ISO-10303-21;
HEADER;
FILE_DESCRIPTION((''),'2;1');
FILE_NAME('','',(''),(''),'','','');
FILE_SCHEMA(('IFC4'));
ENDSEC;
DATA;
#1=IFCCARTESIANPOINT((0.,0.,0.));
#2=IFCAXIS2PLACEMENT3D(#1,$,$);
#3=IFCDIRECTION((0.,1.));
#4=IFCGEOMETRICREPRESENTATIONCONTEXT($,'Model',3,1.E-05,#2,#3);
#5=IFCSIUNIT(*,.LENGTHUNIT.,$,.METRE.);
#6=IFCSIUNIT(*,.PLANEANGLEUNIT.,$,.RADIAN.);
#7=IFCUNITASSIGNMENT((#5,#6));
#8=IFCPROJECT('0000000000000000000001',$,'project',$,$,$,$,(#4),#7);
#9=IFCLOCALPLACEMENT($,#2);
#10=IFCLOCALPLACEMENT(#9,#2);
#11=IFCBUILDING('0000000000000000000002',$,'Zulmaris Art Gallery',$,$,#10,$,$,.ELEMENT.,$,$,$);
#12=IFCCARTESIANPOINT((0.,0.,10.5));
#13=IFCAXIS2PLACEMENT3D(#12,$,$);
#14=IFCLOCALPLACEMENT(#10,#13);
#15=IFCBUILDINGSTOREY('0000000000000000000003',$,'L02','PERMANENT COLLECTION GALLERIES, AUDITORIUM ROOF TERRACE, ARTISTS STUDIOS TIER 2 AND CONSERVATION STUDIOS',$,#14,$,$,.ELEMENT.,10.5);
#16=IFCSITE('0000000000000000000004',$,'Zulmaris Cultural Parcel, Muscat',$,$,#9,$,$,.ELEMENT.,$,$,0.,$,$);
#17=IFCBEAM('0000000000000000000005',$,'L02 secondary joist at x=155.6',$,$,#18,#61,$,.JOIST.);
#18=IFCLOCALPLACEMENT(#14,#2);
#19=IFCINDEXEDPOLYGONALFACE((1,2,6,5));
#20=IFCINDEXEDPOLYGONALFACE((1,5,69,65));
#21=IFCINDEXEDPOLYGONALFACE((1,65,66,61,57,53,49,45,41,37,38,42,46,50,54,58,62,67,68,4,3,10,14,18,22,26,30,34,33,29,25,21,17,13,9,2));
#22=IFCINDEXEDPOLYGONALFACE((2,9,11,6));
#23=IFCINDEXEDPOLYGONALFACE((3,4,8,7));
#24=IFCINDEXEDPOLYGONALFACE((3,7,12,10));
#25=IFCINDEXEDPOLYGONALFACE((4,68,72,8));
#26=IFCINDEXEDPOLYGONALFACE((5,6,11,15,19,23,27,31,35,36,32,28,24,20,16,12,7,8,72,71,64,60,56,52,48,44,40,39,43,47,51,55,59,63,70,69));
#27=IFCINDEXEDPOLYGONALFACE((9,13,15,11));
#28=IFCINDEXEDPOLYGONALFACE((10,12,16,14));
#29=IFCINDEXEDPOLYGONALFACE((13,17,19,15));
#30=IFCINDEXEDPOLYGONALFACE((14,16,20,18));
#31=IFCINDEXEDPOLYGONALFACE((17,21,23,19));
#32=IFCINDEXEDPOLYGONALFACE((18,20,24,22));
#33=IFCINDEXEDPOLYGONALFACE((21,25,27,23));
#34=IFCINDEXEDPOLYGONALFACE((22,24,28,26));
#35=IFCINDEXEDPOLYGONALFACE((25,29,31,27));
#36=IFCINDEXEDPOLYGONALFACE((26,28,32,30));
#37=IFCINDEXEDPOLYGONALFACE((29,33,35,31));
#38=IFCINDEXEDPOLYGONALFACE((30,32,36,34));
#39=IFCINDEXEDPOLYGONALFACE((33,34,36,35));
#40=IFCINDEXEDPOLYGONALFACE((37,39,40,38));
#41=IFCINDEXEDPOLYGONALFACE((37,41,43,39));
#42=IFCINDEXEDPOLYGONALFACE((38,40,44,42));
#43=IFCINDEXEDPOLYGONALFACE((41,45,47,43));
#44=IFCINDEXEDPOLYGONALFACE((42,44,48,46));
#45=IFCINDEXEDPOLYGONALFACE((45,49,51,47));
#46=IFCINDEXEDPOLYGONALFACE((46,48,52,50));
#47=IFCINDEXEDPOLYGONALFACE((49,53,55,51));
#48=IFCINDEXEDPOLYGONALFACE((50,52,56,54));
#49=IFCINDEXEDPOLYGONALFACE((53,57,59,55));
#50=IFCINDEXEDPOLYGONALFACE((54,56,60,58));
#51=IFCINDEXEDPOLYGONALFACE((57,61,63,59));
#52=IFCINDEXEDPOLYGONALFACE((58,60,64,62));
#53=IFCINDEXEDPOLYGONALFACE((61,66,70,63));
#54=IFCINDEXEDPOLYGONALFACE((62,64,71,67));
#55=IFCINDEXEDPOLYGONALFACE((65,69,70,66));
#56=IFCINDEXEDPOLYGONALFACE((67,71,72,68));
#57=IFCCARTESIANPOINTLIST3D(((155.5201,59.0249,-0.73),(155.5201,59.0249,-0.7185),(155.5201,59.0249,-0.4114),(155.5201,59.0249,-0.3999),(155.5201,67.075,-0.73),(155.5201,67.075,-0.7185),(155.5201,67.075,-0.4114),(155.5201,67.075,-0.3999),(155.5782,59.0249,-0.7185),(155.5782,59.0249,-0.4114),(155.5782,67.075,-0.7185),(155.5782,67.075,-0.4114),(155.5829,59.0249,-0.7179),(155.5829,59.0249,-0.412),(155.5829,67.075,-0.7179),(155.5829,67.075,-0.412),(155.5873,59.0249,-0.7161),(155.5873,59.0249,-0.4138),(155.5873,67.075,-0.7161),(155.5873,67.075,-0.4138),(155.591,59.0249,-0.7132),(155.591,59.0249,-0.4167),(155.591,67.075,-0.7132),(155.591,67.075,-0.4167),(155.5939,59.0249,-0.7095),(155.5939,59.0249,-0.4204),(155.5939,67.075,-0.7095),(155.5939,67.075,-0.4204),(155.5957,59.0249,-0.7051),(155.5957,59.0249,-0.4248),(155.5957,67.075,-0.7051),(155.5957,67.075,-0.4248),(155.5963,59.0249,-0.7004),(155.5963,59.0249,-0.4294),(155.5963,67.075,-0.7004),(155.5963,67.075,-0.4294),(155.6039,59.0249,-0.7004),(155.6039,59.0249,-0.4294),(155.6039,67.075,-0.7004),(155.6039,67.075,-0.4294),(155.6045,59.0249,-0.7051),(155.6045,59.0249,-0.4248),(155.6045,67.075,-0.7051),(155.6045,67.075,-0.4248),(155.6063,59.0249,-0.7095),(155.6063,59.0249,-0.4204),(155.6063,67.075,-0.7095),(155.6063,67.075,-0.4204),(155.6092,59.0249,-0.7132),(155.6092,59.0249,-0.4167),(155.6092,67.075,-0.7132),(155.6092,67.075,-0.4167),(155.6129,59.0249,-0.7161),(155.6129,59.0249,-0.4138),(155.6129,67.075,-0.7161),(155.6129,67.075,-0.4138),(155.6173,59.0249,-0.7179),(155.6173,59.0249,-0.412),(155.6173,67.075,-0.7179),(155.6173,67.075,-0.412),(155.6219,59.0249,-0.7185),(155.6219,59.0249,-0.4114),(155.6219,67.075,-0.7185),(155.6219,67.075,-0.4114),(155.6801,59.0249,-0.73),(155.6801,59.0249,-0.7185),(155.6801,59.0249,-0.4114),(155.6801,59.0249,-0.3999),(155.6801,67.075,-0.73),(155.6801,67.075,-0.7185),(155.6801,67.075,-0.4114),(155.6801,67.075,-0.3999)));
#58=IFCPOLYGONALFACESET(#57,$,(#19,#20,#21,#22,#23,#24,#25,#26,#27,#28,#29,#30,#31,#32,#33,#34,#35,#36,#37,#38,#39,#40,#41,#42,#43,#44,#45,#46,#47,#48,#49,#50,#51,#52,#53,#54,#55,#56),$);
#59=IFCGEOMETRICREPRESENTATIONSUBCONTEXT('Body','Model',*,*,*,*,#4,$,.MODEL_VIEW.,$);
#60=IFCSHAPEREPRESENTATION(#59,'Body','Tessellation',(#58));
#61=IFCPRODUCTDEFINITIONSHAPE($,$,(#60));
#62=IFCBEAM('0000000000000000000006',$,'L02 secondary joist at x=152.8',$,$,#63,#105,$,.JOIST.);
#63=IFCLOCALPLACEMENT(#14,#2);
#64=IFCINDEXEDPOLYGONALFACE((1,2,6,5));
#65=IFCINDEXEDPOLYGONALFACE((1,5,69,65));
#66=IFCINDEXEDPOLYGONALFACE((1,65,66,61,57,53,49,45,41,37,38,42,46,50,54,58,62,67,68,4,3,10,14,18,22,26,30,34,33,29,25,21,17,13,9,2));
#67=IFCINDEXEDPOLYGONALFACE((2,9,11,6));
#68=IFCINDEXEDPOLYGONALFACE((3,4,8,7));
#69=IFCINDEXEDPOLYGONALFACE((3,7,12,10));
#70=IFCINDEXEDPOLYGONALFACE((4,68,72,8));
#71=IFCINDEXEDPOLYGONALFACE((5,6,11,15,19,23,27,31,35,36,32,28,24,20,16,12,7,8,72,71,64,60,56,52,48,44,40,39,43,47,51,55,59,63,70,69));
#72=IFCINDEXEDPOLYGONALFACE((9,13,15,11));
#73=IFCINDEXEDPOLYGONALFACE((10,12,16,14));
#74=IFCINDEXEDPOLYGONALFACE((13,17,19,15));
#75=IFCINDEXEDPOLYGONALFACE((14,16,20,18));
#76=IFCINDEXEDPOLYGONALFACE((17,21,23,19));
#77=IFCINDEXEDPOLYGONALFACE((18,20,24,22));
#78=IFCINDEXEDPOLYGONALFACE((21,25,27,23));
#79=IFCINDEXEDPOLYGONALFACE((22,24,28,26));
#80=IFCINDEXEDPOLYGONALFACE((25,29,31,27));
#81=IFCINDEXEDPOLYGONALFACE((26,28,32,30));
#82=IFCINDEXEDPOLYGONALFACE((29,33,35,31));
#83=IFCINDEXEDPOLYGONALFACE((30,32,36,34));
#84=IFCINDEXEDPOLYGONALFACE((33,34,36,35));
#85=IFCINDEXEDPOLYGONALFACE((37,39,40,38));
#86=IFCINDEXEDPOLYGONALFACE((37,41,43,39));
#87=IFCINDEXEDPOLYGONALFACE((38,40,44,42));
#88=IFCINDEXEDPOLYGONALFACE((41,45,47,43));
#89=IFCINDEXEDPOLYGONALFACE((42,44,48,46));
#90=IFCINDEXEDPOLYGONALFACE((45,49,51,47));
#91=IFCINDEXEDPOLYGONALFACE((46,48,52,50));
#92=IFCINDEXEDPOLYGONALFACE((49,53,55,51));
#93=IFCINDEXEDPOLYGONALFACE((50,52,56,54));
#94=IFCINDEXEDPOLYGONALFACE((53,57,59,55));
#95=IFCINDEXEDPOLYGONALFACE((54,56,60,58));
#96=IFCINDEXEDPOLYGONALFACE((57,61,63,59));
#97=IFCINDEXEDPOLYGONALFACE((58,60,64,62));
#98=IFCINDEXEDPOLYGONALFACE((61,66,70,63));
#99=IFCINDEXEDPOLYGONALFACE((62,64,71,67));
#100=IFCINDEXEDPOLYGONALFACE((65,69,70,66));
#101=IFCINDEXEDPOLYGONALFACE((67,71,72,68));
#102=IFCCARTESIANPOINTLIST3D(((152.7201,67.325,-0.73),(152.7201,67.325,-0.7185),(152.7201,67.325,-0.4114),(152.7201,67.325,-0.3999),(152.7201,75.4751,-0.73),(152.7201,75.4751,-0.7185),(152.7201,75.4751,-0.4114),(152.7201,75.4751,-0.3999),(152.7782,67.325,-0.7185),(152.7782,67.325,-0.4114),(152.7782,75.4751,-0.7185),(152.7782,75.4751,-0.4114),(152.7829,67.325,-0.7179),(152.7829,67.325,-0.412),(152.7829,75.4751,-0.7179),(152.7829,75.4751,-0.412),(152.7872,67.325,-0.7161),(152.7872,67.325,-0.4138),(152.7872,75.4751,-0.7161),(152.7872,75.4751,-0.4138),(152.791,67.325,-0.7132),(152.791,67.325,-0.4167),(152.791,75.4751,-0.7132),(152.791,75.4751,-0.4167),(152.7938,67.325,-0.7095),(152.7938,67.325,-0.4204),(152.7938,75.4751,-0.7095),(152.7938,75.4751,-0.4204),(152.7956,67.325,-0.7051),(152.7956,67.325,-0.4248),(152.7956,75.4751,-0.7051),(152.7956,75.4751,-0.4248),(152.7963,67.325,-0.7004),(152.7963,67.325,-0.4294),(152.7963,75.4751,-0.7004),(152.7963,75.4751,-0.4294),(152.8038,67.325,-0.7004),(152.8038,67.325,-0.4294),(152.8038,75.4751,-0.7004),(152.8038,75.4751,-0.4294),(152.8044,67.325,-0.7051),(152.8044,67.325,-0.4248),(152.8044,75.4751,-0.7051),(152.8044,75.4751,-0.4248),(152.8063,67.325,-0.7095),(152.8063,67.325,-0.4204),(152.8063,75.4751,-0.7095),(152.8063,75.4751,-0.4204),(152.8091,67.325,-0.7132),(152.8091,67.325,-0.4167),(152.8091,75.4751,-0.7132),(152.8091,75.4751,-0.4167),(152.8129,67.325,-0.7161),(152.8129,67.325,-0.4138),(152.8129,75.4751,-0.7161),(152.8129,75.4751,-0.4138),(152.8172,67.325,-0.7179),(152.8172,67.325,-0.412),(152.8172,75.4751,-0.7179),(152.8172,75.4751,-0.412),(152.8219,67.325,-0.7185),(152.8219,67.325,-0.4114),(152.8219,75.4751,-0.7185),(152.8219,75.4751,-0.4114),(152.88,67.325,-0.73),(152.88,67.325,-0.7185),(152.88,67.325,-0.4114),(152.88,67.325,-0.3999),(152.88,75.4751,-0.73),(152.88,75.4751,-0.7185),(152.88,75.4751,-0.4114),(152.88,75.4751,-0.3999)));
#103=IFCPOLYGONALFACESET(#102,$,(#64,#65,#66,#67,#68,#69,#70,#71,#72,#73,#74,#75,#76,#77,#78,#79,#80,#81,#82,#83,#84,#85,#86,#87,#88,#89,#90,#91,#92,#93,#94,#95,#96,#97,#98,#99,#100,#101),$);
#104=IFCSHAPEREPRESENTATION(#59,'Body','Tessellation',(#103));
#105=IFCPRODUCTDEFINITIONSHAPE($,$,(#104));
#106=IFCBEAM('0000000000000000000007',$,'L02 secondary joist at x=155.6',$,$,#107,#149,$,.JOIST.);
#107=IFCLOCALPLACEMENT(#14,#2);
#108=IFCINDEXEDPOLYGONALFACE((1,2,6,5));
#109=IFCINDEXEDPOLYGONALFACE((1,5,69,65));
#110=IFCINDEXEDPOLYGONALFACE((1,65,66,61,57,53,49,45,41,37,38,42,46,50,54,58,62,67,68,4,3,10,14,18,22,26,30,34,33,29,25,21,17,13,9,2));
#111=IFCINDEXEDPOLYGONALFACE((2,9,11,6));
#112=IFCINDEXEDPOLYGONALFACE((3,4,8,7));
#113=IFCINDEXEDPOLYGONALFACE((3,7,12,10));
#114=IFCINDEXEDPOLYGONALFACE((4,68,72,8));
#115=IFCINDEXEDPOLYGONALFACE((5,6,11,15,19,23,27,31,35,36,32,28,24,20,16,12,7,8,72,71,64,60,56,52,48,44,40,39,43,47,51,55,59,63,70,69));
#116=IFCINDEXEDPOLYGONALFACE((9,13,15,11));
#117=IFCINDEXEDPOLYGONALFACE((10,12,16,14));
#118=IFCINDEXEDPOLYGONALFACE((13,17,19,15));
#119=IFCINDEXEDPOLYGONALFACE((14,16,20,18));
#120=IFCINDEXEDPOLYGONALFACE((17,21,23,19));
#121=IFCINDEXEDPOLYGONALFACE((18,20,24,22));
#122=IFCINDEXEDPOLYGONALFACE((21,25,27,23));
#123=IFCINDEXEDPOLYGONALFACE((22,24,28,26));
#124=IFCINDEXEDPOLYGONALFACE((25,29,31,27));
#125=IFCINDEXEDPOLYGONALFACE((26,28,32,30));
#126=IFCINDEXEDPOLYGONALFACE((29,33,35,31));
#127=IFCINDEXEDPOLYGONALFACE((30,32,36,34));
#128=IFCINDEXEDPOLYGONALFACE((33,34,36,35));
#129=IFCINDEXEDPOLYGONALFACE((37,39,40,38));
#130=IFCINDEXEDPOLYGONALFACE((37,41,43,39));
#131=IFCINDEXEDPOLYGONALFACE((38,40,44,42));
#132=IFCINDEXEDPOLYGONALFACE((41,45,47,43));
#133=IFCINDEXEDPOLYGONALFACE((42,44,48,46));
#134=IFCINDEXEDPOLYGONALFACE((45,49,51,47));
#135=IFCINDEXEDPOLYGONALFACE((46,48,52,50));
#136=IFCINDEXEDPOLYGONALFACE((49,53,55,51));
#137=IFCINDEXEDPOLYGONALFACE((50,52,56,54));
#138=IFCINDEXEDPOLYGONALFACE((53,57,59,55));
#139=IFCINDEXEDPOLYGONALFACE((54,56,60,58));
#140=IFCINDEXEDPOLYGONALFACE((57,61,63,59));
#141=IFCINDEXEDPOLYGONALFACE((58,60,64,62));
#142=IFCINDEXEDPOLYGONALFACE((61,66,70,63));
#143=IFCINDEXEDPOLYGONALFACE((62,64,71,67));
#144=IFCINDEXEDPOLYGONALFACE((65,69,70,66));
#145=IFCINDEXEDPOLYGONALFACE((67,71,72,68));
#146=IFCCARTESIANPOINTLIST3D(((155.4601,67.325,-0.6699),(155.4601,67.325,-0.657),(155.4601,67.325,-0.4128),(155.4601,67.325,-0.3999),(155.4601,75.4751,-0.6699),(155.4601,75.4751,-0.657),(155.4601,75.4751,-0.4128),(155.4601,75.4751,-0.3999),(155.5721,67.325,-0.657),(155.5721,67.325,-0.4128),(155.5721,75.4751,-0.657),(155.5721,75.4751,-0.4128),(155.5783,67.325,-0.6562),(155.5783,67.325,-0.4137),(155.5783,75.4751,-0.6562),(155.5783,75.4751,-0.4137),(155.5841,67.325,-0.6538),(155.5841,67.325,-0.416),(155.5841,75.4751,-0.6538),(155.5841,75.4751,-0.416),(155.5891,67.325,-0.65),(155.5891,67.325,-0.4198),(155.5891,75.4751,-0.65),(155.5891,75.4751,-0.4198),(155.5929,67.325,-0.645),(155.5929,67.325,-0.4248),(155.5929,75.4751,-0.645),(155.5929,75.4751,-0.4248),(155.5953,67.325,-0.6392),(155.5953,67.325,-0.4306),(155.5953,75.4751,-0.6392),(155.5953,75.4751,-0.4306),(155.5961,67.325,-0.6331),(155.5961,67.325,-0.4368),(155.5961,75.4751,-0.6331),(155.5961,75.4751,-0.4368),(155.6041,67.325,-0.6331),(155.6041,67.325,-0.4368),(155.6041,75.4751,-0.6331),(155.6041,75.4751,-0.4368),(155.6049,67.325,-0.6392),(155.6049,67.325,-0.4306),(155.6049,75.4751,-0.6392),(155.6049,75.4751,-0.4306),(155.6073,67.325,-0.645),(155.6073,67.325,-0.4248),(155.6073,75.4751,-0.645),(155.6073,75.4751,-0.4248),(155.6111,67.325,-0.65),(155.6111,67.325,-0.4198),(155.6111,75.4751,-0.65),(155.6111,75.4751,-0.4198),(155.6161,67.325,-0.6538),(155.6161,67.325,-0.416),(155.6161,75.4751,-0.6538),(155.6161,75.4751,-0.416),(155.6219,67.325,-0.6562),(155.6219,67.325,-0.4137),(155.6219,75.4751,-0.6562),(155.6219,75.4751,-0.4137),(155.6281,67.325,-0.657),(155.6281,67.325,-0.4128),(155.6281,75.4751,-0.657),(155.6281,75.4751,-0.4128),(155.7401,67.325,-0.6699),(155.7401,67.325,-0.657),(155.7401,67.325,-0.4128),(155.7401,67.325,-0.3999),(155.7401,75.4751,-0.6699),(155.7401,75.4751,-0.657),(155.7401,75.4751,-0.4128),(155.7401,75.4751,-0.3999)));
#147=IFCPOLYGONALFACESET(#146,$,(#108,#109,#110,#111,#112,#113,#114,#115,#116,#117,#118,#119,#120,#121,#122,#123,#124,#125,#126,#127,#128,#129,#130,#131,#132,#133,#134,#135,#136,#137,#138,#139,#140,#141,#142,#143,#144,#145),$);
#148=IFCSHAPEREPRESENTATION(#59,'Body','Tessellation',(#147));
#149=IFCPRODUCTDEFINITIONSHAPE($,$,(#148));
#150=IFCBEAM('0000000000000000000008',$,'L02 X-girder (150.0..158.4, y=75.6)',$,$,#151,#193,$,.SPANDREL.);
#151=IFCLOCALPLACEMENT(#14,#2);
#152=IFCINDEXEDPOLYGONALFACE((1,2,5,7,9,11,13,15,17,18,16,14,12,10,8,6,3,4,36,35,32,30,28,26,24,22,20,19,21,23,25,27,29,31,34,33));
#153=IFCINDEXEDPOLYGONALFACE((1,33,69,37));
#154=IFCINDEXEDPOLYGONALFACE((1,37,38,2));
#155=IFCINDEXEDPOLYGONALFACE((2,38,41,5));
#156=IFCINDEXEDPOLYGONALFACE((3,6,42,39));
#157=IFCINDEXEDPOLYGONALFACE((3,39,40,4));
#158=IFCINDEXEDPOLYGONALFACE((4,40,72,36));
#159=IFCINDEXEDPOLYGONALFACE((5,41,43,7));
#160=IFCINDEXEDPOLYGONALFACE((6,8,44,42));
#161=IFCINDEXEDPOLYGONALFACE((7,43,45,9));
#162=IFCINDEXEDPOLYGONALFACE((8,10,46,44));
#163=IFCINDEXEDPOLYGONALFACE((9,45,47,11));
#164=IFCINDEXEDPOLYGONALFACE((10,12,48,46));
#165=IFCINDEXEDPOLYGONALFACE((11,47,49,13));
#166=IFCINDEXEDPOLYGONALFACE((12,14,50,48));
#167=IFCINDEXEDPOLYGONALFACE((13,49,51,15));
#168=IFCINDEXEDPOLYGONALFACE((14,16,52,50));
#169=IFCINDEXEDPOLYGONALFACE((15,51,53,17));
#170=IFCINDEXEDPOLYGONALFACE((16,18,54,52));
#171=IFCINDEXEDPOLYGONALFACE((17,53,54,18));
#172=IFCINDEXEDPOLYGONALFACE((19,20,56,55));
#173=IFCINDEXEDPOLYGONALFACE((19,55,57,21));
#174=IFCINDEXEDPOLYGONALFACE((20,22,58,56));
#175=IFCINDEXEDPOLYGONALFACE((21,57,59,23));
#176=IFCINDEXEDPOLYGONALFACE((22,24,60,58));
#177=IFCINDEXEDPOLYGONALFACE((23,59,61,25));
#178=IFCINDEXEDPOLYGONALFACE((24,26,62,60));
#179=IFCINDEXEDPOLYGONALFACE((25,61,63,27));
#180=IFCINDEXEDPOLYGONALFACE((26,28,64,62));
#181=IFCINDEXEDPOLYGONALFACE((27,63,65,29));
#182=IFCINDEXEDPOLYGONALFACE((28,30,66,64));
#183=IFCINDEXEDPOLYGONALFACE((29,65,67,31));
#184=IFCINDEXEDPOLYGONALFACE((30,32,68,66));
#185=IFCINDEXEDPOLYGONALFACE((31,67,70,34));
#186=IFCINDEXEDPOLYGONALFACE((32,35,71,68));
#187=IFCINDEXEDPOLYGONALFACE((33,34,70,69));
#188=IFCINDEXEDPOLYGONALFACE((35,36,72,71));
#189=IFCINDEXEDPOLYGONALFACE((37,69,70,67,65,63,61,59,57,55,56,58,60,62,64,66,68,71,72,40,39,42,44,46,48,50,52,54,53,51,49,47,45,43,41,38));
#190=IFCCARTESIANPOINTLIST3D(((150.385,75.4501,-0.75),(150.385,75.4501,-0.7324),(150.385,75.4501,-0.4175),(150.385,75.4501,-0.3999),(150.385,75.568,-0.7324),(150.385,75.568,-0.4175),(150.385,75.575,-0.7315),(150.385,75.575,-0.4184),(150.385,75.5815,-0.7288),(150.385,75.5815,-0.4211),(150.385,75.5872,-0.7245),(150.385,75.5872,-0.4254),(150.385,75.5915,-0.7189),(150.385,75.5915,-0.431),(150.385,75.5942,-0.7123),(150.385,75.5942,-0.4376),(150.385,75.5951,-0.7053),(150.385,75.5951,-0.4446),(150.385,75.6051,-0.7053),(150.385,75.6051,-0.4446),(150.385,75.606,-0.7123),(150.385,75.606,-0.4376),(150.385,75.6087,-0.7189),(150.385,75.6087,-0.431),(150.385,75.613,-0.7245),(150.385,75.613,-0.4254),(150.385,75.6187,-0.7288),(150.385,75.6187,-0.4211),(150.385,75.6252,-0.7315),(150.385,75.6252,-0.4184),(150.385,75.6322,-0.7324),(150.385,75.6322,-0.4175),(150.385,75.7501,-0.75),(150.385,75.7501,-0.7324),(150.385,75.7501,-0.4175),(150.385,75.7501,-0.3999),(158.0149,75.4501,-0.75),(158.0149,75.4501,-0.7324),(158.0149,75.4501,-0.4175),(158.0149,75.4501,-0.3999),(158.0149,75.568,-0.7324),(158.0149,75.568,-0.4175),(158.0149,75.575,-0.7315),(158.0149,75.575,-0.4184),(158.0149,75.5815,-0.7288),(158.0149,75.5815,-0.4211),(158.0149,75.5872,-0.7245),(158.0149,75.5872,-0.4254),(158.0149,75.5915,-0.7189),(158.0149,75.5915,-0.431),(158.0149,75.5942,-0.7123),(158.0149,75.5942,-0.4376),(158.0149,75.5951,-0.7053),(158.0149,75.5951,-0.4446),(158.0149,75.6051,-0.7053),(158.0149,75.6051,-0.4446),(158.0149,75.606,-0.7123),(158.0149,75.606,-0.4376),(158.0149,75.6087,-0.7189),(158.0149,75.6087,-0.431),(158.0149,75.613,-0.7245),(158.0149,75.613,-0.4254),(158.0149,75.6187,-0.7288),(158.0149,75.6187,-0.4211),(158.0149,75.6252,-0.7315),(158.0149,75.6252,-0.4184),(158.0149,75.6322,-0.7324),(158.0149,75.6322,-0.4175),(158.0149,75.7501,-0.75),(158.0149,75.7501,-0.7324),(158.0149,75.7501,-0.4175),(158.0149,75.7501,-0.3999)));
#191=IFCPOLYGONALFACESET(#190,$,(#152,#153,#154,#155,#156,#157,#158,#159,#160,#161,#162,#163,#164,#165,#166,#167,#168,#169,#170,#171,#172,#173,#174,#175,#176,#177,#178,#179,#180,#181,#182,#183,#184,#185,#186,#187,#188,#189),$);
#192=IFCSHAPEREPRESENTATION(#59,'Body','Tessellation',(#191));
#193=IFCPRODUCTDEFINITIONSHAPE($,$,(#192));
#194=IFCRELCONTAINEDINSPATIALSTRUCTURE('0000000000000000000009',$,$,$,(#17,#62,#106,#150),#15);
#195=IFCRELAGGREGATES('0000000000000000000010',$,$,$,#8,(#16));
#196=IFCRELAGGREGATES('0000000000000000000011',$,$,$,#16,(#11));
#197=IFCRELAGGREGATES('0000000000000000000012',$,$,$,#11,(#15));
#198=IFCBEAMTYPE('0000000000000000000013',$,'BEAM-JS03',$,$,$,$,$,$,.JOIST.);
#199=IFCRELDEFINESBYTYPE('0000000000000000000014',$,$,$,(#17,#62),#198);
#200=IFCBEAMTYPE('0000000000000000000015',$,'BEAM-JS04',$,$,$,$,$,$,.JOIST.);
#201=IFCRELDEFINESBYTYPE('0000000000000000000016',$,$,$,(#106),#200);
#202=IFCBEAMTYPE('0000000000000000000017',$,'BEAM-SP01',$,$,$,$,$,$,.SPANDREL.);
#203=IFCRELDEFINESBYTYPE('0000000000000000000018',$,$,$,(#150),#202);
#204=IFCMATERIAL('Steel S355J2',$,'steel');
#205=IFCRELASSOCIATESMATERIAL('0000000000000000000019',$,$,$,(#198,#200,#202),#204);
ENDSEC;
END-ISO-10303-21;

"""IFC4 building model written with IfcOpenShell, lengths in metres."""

from ifc_helpers import new_model, si_unit, direction, frame, origin, origin_2d, place, context, subcontext, project, spatial, i_section, extrude, material, material_profile, profile_set, type_object, element, save


model = new_model("IFC4")

# Units and contexts
model_context = context("Model", 3, precision=1e-05, world=origin(), true_north=direction((0.0, 1.0)))
body_context = subcontext(model_context, "Body", "Model", "MODEL_VIEW")
ifc_project = project(units=[si_unit("LENGTHUNIT", "METRE"), si_unit("PLANEANGLEUNIT", "RADIAN")], contexts=[model_context])

# Site, building, storey
site_placement = place(None, origin())
site = spatial("IfcSite", under=ifc_project, at=site_placement, Name="Zulmaris Cultural Parcel, Muscat", CompositionType="ELEMENT", RefElevation=0.0)
building_placement = place(site_placement, origin())
building = spatial("IfcBuilding", under=site, at=building_placement, Name="Zulmaris Art Gallery", CompositionType="ELEMENT")
storey_placement = place(building_placement, frame((0.0, 0.0, 10.5)))
storey = spatial("IfcBuildingStorey", under=building, at=storey_placement, Name="L02", Description="PERMANENT COLLECTION GALLERIES, AUDITORIUM ROOF TERRACE, ARTISTS STUDIOS TIER 2 AND CONSERVATION STUDIOS", CompositionType="ELEMENT", Elevation=10.5)

# Beams
ifc_material_1 = material(Name="Steel S355J2", Category="steel")
ifc_material_profile_1 = material_profile(ifc_material_1, i_section(OverallWidth=0.1599, OverallDepth=0.3301, WebThickness=0.0076, FlangeThickness=0.0115, FilletRadius=0.0181, at=origin_2d()), Name="IPE 330")
ifc_profile_set_1 = profile_set([ifc_material_profile_1], Name="Steel S355J2")
beam_type_1 = type_object("IfcBeamType", Name="BEAM-JS03", PredefinedType="JOIST", material=ifc_profile_set_1)
beam_1_placement = place(storey_placement, frame((155.6001, 59.0249, -0.5649), z_axis=(0.0, 1.0, 0.0), x_axis=(-1.0, 0.0, 0.0)))
element("IfcBeam", 1, at=beam_1_placement, inside=storey, type_object=beam_type_1, Name="L02 secondary joist at x=155.6", PredefinedType="JOIST", context=body_context, shape_type="SweptSolid", body=[
    extrude(i_section(OverallWidth=0.1599, OverallDepth=0.3301, WebThickness=0.0076, FlangeThickness=0.0115, FilletRadius=0.0181, at=origin_2d()), origin(), (0.0, 0.0, 1.0), 8.05),
])
beam_2_placement = place(storey_placement, frame((152.8, 67.325, -0.5649), z_axis=(0.0, 1.0, 0.0), x_axis=(-1.0, 0.0, 0.0)))
element("IfcBeam", 2, at=beam_2_placement, inside=storey, type_object=beam_type_1, Name="L02 secondary joist at x=152.8", PredefinedType="JOIST", context=body_context, shape_type="SweptSolid", body=[
    extrude(i_section(OverallWidth=0.1599, OverallDepth=0.3301, WebThickness=0.0076, FlangeThickness=0.0115, FilletRadius=0.0181, at=origin_2d()), origin(), (0.0, 0.0, 1.0), 8.1501),
])
ifc_material_profile_2 = material_profile(ifc_material_1, i_section(OverallWidth=0.28, OverallDepth=0.27, WebThickness=0.0081, FlangeThickness=0.0129, FilletRadius=0.0239, at=origin_2d()), Name="HEA 280")
ifc_profile_set_2 = profile_set([ifc_material_profile_2], Name="Steel S355J2")
beam_type_2 = type_object("IfcBeamType", Name="BEAM-JS04", PredefinedType="JOIST", material=ifc_profile_set_2)
beam_3_placement = place(storey_placement, frame((155.6001, 67.325, -0.5349), z_axis=(0.0, 1.0, 0.0), x_axis=(-1.0, 0.0, 0.0)))
element("IfcBeam", 3, at=beam_3_placement, inside=storey, type_object=beam_type_2, Name="L02 secondary joist at x=155.6", PredefinedType="JOIST", context=body_context, shape_type="SweptSolid", body=[
    extrude(i_section(OverallWidth=0.28, OverallDepth=0.27, WebThickness=0.0081, FlangeThickness=0.0129, FilletRadius=0.0239, at=origin_2d()), origin(), (0.0, 0.0, 1.0), 8.1501),
])
ifc_material_profile_3 = material_profile(ifc_material_1, i_section(OverallWidth=0.3, OverallDepth=0.3501, WebThickness=0.01, FlangeThickness=0.0176, FilletRadius=0.0271, at=origin_2d()), Name="HEA 360")
ifc_profile_set_3 = profile_set([ifc_material_profile_3], Name="Steel S355J2")
beam_type_3 = type_object("IfcBeamType", Name="BEAM-SP01", PredefinedType="SPANDREL", material=ifc_profile_set_3)
beam_4_placement = place(storey_placement, frame((150.385, 75.6001, -0.575), z_axis=(1.0, 0.0, 0.0), x_axis=(0.0, 1.0, 0.0)))
element("IfcBeam", 4, at=beam_4_placement, inside=storey, type_object=beam_type_3, Name="L02 X-girder (150.0..158.4, y=75.6)", PredefinedType="SPANDREL", context=body_context, shape_type="SweptSolid", body=[
    extrude(i_section(OverallWidth=0.3, OverallDepth=0.3501, WebThickness=0.01, FlangeThickness=0.0176, FilletRadius=0.0271, at=origin_2d()), origin(), (0.0, 0.0, 1.0), 7.6299),
])

save(model, "model.ifc")
